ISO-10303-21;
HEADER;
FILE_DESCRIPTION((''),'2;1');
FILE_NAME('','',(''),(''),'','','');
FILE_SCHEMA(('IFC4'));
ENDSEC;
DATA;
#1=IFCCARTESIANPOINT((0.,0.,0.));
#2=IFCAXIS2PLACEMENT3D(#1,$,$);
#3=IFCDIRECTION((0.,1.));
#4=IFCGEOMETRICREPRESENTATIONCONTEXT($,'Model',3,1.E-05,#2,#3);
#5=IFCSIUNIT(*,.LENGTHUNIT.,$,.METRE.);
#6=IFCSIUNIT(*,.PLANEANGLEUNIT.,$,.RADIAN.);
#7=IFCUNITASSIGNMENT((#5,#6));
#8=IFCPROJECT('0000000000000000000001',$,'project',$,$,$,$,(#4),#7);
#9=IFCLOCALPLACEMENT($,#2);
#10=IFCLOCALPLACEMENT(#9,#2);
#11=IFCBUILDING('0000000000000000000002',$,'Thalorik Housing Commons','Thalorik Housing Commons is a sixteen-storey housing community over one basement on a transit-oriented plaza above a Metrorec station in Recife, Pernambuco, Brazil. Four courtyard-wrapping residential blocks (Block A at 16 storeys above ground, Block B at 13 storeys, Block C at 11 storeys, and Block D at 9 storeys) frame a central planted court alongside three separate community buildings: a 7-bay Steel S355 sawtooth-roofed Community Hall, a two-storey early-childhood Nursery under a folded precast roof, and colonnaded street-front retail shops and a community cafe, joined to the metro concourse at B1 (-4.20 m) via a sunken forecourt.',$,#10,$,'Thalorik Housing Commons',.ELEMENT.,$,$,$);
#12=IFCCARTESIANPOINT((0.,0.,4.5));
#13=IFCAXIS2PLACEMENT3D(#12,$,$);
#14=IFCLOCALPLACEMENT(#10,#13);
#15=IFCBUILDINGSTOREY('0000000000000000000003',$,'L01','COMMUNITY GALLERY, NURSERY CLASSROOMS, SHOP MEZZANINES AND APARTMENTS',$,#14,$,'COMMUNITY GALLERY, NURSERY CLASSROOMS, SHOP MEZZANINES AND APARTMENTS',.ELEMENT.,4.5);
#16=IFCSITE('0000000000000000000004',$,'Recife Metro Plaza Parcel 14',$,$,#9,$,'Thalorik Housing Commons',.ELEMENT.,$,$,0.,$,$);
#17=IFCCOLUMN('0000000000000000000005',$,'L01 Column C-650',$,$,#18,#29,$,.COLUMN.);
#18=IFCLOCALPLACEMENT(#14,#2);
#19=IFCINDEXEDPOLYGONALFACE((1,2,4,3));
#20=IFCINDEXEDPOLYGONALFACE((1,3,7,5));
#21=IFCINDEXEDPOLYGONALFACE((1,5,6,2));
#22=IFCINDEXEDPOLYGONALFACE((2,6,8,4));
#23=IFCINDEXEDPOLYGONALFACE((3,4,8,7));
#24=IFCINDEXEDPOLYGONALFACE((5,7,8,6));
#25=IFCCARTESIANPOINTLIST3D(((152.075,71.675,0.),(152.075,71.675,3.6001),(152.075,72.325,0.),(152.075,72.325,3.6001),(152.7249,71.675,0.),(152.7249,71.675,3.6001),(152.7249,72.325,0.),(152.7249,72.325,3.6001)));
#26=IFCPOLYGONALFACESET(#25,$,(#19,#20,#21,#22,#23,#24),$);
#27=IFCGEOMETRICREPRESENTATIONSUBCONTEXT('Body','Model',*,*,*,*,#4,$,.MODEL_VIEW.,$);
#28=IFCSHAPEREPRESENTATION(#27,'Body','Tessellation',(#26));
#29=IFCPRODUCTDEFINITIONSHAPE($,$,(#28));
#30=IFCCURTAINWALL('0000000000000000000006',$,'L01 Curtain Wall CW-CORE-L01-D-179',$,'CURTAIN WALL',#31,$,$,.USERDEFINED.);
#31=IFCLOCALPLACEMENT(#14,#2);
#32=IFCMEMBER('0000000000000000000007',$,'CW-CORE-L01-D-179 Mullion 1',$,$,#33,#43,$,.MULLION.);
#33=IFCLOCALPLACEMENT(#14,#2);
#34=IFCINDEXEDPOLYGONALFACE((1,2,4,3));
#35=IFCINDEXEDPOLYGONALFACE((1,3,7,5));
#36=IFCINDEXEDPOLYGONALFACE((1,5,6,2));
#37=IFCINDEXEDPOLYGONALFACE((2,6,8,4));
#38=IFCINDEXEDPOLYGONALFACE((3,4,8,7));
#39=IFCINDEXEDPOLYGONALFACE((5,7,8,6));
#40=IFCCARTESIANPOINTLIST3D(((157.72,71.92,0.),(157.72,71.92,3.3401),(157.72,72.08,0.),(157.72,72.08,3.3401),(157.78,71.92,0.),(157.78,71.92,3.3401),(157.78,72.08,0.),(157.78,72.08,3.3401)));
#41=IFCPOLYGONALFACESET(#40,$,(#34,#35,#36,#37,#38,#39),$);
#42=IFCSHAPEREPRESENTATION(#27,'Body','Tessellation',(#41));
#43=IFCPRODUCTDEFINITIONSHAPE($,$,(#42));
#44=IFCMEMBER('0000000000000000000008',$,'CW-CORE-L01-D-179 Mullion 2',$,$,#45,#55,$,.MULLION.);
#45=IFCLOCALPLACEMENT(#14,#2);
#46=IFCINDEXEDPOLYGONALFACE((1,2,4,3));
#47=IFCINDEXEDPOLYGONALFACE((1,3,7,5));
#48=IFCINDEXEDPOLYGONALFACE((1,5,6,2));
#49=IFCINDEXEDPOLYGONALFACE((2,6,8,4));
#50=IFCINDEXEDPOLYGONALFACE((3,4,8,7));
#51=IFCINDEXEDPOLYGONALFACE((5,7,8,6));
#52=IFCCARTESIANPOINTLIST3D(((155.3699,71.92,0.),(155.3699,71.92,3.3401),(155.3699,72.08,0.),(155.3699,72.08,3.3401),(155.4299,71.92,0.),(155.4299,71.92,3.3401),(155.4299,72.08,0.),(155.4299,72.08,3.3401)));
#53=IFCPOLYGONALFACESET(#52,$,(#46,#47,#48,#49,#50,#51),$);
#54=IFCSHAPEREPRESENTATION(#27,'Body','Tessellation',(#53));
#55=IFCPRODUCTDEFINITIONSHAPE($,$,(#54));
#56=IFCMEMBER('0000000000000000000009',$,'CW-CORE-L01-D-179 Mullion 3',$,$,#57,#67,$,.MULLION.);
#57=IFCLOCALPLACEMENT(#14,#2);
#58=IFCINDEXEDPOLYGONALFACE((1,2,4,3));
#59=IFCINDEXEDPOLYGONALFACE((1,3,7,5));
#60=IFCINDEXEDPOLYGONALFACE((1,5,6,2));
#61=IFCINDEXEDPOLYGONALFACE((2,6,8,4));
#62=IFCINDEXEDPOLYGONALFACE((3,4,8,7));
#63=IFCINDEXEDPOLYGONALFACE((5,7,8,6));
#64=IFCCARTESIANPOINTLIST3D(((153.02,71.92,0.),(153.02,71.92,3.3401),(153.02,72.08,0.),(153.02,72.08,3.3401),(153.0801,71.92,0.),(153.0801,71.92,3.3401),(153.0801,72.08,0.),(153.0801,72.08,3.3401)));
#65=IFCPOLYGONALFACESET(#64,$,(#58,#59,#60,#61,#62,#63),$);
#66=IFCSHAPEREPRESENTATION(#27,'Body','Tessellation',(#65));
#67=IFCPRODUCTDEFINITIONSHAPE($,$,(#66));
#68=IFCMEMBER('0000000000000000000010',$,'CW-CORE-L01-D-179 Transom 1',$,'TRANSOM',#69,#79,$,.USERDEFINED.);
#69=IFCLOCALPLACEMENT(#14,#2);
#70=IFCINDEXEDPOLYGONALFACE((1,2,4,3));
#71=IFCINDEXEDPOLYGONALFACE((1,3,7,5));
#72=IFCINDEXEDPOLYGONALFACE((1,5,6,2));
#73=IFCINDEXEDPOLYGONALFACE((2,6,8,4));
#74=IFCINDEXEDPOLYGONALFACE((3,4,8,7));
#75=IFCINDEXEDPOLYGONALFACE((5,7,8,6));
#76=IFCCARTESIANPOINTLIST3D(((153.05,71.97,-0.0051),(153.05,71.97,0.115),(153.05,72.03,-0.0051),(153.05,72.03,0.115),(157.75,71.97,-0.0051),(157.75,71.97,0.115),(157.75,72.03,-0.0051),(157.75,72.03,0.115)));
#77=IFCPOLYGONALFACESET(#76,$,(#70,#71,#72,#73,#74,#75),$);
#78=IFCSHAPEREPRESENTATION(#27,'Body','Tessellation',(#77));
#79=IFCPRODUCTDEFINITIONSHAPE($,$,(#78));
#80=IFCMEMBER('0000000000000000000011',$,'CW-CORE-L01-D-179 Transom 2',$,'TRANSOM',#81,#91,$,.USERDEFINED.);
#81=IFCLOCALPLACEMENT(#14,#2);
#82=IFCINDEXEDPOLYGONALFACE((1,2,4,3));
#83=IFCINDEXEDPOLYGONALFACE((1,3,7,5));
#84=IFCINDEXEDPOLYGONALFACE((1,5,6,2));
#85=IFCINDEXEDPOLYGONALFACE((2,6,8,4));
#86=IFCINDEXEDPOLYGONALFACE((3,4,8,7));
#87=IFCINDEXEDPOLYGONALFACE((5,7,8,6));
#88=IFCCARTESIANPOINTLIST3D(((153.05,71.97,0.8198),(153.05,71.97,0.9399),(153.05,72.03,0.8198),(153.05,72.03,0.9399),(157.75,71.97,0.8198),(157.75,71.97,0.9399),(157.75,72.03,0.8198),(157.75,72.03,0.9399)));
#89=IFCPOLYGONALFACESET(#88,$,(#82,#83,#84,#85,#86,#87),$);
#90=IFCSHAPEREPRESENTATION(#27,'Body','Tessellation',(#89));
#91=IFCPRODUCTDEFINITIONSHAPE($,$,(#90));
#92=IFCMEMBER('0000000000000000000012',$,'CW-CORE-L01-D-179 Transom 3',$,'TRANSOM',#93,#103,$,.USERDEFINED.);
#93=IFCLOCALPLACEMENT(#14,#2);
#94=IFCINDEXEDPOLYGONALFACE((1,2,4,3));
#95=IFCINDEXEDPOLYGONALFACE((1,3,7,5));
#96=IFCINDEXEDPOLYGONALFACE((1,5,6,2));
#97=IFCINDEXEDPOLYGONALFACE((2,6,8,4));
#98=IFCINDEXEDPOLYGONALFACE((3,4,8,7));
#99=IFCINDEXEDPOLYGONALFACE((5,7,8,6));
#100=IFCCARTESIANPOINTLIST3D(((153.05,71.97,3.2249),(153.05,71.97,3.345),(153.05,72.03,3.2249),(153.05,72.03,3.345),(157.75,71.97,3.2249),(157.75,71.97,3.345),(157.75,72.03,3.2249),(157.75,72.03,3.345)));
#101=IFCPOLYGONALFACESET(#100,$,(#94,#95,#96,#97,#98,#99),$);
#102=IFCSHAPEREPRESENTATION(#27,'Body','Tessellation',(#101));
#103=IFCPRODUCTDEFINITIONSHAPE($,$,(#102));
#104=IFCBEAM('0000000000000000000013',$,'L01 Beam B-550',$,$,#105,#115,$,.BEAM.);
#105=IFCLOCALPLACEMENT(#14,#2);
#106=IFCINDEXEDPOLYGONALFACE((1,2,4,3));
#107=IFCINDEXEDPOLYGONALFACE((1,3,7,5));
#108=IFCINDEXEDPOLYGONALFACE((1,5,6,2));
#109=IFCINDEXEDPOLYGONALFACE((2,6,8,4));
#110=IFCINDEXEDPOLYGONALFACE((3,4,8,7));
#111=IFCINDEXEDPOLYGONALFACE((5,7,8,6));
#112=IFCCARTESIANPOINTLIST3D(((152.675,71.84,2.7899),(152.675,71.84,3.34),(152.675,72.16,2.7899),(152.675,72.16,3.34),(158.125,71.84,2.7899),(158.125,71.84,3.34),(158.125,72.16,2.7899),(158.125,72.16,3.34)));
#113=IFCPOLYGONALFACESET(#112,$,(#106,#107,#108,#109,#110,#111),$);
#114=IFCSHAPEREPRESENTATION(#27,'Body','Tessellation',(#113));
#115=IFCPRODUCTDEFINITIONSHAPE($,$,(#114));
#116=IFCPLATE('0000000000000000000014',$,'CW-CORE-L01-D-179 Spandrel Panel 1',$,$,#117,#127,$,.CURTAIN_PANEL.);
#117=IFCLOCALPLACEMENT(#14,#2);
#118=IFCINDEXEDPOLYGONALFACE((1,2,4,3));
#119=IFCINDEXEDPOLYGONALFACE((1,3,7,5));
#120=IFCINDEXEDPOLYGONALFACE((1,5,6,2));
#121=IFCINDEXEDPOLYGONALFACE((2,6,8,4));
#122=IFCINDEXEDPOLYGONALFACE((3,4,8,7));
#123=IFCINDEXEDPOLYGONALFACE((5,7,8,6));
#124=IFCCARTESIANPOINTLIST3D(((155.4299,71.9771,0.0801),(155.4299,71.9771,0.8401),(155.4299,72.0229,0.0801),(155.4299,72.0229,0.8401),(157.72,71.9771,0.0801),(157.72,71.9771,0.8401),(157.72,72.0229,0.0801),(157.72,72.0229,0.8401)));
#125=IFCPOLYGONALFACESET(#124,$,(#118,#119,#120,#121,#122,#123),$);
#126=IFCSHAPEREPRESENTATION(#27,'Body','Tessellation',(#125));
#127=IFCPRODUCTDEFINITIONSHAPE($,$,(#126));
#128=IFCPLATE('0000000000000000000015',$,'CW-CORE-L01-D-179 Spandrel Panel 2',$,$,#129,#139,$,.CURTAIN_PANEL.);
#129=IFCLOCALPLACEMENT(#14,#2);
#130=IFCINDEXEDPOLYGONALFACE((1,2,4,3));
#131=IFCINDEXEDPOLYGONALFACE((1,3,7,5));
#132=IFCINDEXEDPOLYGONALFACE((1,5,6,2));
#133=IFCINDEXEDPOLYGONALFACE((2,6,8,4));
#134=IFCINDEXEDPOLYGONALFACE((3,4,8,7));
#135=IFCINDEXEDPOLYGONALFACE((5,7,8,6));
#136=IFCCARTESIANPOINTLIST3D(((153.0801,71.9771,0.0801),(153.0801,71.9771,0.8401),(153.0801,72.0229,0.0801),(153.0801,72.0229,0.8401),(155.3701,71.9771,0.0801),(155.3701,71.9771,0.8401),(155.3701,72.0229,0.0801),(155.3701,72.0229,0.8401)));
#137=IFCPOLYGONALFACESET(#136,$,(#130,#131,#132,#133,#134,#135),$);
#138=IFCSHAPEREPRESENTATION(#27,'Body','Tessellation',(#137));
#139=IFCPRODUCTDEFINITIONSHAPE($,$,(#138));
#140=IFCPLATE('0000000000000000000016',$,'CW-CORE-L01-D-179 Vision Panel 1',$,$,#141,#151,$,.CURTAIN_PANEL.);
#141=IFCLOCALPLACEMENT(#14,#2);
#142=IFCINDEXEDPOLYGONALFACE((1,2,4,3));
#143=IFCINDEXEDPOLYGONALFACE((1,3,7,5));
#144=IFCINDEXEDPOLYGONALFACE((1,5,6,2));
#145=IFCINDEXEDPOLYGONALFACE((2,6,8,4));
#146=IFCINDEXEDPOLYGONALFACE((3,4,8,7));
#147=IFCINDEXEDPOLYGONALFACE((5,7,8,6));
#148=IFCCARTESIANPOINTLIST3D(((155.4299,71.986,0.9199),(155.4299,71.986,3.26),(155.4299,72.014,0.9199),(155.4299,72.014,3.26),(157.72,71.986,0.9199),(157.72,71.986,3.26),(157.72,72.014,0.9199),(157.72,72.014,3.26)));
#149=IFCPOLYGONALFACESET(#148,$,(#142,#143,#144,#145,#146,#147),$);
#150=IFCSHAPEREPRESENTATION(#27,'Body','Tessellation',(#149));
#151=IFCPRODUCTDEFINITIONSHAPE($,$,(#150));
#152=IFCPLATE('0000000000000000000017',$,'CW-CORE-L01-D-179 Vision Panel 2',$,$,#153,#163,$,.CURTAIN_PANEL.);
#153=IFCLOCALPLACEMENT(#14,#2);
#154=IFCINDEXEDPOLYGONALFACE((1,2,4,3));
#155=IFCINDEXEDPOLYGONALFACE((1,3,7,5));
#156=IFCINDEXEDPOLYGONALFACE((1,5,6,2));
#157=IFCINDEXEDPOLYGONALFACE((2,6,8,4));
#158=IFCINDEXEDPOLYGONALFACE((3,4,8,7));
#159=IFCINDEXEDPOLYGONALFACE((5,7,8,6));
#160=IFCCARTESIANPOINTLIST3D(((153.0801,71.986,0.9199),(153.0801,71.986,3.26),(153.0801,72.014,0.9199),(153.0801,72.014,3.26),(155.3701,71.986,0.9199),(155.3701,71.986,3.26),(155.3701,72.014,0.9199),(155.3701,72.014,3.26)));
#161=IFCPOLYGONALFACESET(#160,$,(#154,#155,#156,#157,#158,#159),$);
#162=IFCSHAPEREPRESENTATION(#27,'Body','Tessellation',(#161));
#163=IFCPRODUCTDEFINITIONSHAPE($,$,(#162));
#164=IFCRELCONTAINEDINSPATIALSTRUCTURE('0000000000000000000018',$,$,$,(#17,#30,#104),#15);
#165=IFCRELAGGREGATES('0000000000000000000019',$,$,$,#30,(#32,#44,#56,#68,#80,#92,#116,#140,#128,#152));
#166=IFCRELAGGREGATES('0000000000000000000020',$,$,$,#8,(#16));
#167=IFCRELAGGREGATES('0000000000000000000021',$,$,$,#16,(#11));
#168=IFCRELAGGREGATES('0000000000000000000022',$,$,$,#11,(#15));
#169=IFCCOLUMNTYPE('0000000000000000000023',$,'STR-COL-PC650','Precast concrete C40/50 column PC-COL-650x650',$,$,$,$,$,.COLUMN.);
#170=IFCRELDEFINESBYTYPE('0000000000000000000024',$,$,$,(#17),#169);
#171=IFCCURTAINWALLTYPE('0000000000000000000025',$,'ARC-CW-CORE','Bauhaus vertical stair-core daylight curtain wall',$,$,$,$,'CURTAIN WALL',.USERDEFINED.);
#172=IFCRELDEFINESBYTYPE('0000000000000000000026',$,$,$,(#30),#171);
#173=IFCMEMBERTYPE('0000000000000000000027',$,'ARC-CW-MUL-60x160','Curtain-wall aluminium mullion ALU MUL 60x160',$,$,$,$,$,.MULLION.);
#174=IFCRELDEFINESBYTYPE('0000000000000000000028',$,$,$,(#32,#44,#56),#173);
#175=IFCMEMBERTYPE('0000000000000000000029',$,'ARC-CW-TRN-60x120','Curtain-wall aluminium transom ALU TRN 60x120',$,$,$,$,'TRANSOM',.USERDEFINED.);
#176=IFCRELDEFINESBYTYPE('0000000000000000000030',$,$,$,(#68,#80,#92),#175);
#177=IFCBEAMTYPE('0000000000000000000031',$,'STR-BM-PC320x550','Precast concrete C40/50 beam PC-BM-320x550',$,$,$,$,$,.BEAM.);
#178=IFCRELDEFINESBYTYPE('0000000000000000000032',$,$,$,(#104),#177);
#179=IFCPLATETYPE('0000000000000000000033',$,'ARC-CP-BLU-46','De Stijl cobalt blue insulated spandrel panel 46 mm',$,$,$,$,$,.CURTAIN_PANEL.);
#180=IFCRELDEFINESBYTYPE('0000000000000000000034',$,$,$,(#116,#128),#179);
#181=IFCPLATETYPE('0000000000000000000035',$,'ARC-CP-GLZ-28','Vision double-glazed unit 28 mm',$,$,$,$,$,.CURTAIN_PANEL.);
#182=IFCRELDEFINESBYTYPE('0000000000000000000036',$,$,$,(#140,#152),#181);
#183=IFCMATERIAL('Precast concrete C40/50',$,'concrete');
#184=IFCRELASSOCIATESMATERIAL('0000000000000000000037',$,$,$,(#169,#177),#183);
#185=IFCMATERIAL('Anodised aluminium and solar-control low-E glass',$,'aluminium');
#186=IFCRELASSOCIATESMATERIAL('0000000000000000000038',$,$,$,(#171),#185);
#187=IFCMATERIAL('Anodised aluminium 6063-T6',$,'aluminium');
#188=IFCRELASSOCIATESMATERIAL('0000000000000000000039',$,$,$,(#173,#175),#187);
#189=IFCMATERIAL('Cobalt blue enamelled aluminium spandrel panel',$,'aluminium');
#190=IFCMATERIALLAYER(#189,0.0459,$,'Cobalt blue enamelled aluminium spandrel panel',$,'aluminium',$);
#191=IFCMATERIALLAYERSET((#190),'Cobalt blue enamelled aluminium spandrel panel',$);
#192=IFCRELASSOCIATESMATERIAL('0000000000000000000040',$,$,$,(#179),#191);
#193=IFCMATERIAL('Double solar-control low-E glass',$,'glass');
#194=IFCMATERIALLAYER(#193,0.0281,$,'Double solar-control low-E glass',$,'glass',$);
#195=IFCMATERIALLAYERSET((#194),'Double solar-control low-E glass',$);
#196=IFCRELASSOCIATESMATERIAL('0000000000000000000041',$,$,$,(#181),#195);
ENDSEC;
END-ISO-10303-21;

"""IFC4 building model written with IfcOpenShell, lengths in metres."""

from ifc_helpers import new_model, si_unit, direction, frame, origin, origin_2d, place, context, subcontext, project, spatial, rectangle, extrude, material, layer, layer_set, material_profile, profile_set, type_object, element, aggregate, save


model = new_model("IFC4")

# Units and contexts
model_context = context("Model", 3, precision=1e-05, world=origin(), true_north=direction((0.0, 1.0)))
body_context = subcontext(model_context, "Body", "Model", "MODEL_VIEW")
ifc_project = project(units=[si_unit("LENGTHUNIT", "METRE"), si_unit("PLANEANGLEUNIT", "RADIAN")], contexts=[model_context])

# Site, building, storey
site_placement = place(None, origin())
site = spatial("IfcSite", under=ifc_project, at=site_placement, Name="Recife Metro Plaza Parcel 14", LongName="Thalorik Housing Commons", CompositionType="ELEMENT", RefElevation=0.0)
building_placement = place(site_placement, origin())
building = spatial("IfcBuilding", under=site, at=building_placement, Name="Thalorik Housing Commons", Description="Thalorik Housing Commons is a sixteen-storey housing community over one basement on a transit-oriented plaza above a Metrorec station in Recife, Pernambuco, Brazil. Four courtyard-wrapping residential blocks (Block A at 16 storeys above ground, Block B at 13 storeys, Block C at 11 storeys, and Block D at 9 storeys) frame a central planted court alongside three separate community buildings: a 7-bay Steel S355 sawtooth-roofed Community Hall, a two-storey early-childhood Nursery under a folded precast roof, and colonnaded street-front retail shops and a community cafe, joined to the metro concourse at B1 (-4.20 m) via a sunken forecourt.", LongName="Thalorik Housing Commons", CompositionType="ELEMENT")
storey_placement = place(building_placement, frame((0.0, 0.0, 4.5)))
storey = spatial("IfcBuildingStorey", under=building, at=storey_placement, Name="L01", Description="COMMUNITY GALLERY, NURSERY CLASSROOMS, SHOP MEZZANINES AND APARTMENTS", LongName="COMMUNITY GALLERY, NURSERY CLASSROOMS, SHOP MEZZANINES AND APARTMENTS", CompositionType="ELEMENT", Elevation=4.5)

# Column
ifc_material_1 = material(Name="Precast concrete C40/50", Category="concrete")
ifc_material_profile_1 = material_profile(ifc_material_1, rectangle(XDim=0.6499, YDim=0.6499, at=origin_2d()), Name="PC 650x650", Category="concrete")
ifc_profile_set_1 = profile_set([ifc_material_profile_1], Name="Precast concrete C40/50")
column_type = type_object("IfcColumnType", Name="STR-COL-PC650", Description="Precast concrete C40/50 column PC-COL-650x650", PredefinedType="COLUMN", material=ifc_profile_set_1)
column_placement = place(storey_placement, frame((152.3999, 72.0, 0.0), z_axis=(0.0, 0.0, 1.0), x_axis=(1.0, 0.0, 0.0)))
element("IfcColumn", 1, at=column_placement, inside=storey, type_object=column_type, Name="L01 Column C-650", PredefinedType="COLUMN", context=body_context, shape_type="SweptSolid", body=[
    extrude(rectangle(XDim=0.6499, YDim=0.6499, at=origin_2d()), origin(), (0.0, 0.0, 1.0), 3.6001),
])

# Curtain wall, members
ifc_material_2 = material(Name="Anodised aluminium and solar-control low-E glass", Category="aluminium")
curtain_wall_type = type_object("IfcCurtainWallType", Name="ARC-CW-CORE", Description="Bauhaus vertical stair-core daylight curtain wall", ElementType="CURTAIN WALL", PredefinedType="USERDEFINED", material=ifc_material_2)
curtain_wall_placement = place(storey_placement, origin())
curtain_wall = element("IfcCurtainWall", 2, at=curtain_wall_placement, inside=storey, type_object=curtain_wall_type, Name="L01 Curtain Wall CW-CORE-L01-D-179", ObjectType="CURTAIN WALL", PredefinedType="USERDEFINED")
ifc_material_3 = material(Name="Anodised aluminium 6063-T6", Category="aluminium")
ifc_material_profile_2 = material_profile(ifc_material_3, rectangle(XDim=0.0601, YDim=0.1599, at=origin_2d()), Name="ALU MUL 60x160", Category="aluminium")
ifc_profile_set_2 = profile_set([ifc_material_profile_2], Name="Anodised aluminium 6063-T6")
member_type_1 = type_object("IfcMemberType", Name="ARC-CW-MUL-60x160", Description="Curtain-wall aluminium mullion ALU MUL 60x160", PredefinedType="MULLION", material=ifc_profile_set_2)
member_1_placement = place(storey_placement, frame((157.75, 72.0, 0.0), z_axis=(0.0, 0.0, 1.0), x_axis=(-1.0, 0.0, 0.0)))
member_1 = element("IfcMember", 3, at=member_1_placement, type_object=member_type_1, Name="CW-CORE-L01-D-179 Mullion 1", PredefinedType="MULLION", context=body_context, shape_type="SweptSolid", body=[
    extrude(rectangle(XDim=0.0601, YDim=0.1599, at=origin_2d()), origin(), (0.0, 0.0, 1.0), 3.3401),
])
member_2_placement = place(storey_placement, frame((155.3999, 72.0, 0.0), z_axis=(0.0, 0.0, 1.0), x_axis=(-1.0, 0.0, 0.0)))
member_2 = element("IfcMember", 4, at=member_2_placement, type_object=member_type_1, Name="CW-CORE-L01-D-179 Mullion 2", PredefinedType="MULLION", context=body_context, shape_type="SweptSolid", body=[
    extrude(rectangle(XDim=0.0601, YDim=0.1599, at=origin_2d()), origin(), (0.0, 0.0, 1.0), 3.3401),
])
member_3_placement = place(storey_placement, frame((153.05, 72.0, 0.0), z_axis=(0.0, 0.0, 1.0), x_axis=(-1.0, 0.0, 0.0)))
member_3 = element("IfcMember", 5, at=member_3_placement, type_object=member_type_1, Name="CW-CORE-L01-D-179 Mullion 3", PredefinedType="MULLION", context=body_context, shape_type="SweptSolid", body=[
    extrude(rectangle(XDim=0.0601, YDim=0.1599, at=origin_2d()), origin(), (0.0, 0.0, 1.0), 3.3401),
])
ifc_material_profile_3 = material_profile(ifc_material_3, rectangle(XDim=0.0601, YDim=0.1201, at=origin_2d()), Name="ALU TRN 60x120", Category="aluminium")
ifc_profile_set_3 = profile_set([ifc_material_profile_3], Name="Anodised aluminium 6063-T6")
member_type_2 = type_object("IfcMemberType", Name="ARC-CW-TRN-60x120", Description="Curtain-wall aluminium transom ALU TRN 60x120", ElementType="TRANSOM", PredefinedType="USERDEFINED", material=ifc_profile_set_3)
member_4_placement = place(storey_placement, frame((157.75, 72.0, 0.0549), z_axis=(-1.0, 0.0, 0.0), x_axis=(0.0, -1.0, 0.0)))
member_4 = element("IfcMember", 6, at=member_4_placement, type_object=member_type_2, Name="CW-CORE-L01-D-179 Transom 1", ObjectType="TRANSOM", PredefinedType="USERDEFINED", context=body_context, shape_type="SweptSolid", body=[
    extrude(rectangle(XDim=0.0601, YDim=0.1201, at=origin_2d()), origin(), (0.0, 0.0, 1.0), 4.7),
])
member_5_placement = place(storey_placement, frame((157.75, 72.0, 0.8799), z_axis=(-1.0, 0.0, 0.0), x_axis=(0.0, -1.0, 0.0)))
member_5 = element("IfcMember", 7, at=member_5_placement, type_object=member_type_2, Name="CW-CORE-L01-D-179 Transom 2", ObjectType="TRANSOM", PredefinedType="USERDEFINED", context=body_context, shape_type="SweptSolid", body=[
    extrude(rectangle(XDim=0.0601, YDim=0.1201, at=origin_2d()), origin(), (0.0, 0.0, 1.0), 4.7),
])
member_6_placement = place(storey_placement, frame((157.75, 72.0, 3.2849), z_axis=(-1.0, 0.0, 0.0), x_axis=(0.0, -1.0, 0.0)))
member_6 = element("IfcMember", 8, at=member_6_placement, type_object=member_type_2, Name="CW-CORE-L01-D-179 Transom 3", ObjectType="TRANSOM", PredefinedType="USERDEFINED", context=body_context, shape_type="SweptSolid", body=[
    extrude(rectangle(XDim=0.0601, YDim=0.1201, at=origin_2d()), origin(), (0.0, 0.0, 1.0), 4.7),
])

# Beam
ifc_material_profile_4 = material_profile(ifc_material_1, rectangle(XDim=0.3201, YDim=0.55, at=origin_2d()), Name="PC 320x550", Category="concrete")
ifc_profile_set_4 = profile_set([ifc_material_profile_4], Name="Precast concrete C40/50")
beam_type = type_object("IfcBeamType", Name="STR-BM-PC320x550", Description="Precast concrete C40/50 beam PC-BM-320x550", PredefinedType="BEAM", material=ifc_profile_set_4)
beam_placement = place(storey_placement, frame((152.675, 72.0, 3.0649), z_axis=(1.0, 0.0, 0.0), x_axis=(0.0, 1.0, 0.0)))
element("IfcBeam", 9, at=beam_placement, inside=storey, type_object=beam_type, Name="L01 Beam B-550", PredefinedType="BEAM", context=body_context, shape_type="SweptSolid", body=[
    extrude(rectangle(XDim=0.3201, YDim=0.55, at=origin_2d()), origin(), (0.0, 0.0, 1.0), 5.45),
])

# Plates
ifc_material_4 = material(Name="Cobalt blue enamelled aluminium spandrel panel", Category="aluminium")
ifc_layer_1 = layer(ifc_material_4, 0.0459, Name="Cobalt blue enamelled aluminium spandrel panel", Category="aluminium")
ifc_layer_set_1 = layer_set([ifc_layer_1], Name="Cobalt blue enamelled aluminium spandrel panel")
plate_type_1 = type_object("IfcPlateType", Name="ARC-CP-BLU-46", Description="De Stijl cobalt blue insulated spandrel panel 46 mm", PredefinedType="CURTAIN_PANEL", material=ifc_layer_set_1)
plate_1_placement = place(storey_placement, frame((156.575, 72.0, 0.0801), z_axis=(0.0, 0.0, 1.0), x_axis=(-1.0, 0.0, 0.0)))
plate_1 = element("IfcPlate", 10, at=plate_1_placement, type_object=plate_type_1, Name="CW-CORE-L01-D-179 Spandrel Panel 1", PredefinedType="CURTAIN_PANEL", context=body_context, shape_type="SweptSolid", body=[
    extrude(rectangle(XDim=2.29, YDim=0.0459, at=origin_2d()), origin(), (0.0, 0.0, 1.0), 0.76),
])
plate_2_placement = place(storey_placement, frame((154.2251, 72.0, 0.0801), z_axis=(0.0, 0.0, 1.0), x_axis=(-1.0, 0.0, 0.0)))
plate_2 = element("IfcPlate", 11, at=plate_2_placement, type_object=plate_type_1, Name="CW-CORE-L01-D-179 Spandrel Panel 2", PredefinedType="CURTAIN_PANEL", context=body_context, shape_type="SweptSolid", body=[
    extrude(rectangle(XDim=2.29, YDim=0.0459, at=origin_2d()), origin(), (0.0, 0.0, 1.0), 0.76),
])
ifc_material_5 = material(Name="Double solar-control low-E glass", Category="glass")
ifc_layer_2 = layer(ifc_material_5, 0.0281, Name="Double solar-control low-E glass", Category="glass")
ifc_layer_set_2 = layer_set([ifc_layer_2], Name="Double solar-control low-E glass")
plate_type_2 = type_object("IfcPlateType", Name="ARC-CP-GLZ-28", Description="Vision double-glazed unit 28 mm", PredefinedType="CURTAIN_PANEL", material=ifc_layer_set_2)
plate_3_placement = place(storey_placement, frame((156.575, 72.0, 0.9199), z_axis=(0.0, 0.0, 1.0), x_axis=(-1.0, 0.0, 0.0)))
plate_3 = element("IfcPlate", 12, at=plate_3_placement, type_object=plate_type_2, Name="CW-CORE-L01-D-179 Vision Panel 1", PredefinedType="CURTAIN_PANEL", context=body_context, shape_type="SweptSolid", body=[
    extrude(rectangle(XDim=2.29, YDim=0.0281, at=origin_2d()), origin(), (0.0, 0.0, 1.0), 2.3401),
])
plate_4_placement = place(storey_placement, frame((154.2251, 72.0, 0.9199), z_axis=(0.0, 0.0, 1.0), x_axis=(-1.0, 0.0, 0.0)))
plate_4 = element("IfcPlate", 13, at=plate_4_placement, type_object=plate_type_2, Name="CW-CORE-L01-D-179 Vision Panel 2", PredefinedType="CURTAIN_PANEL", context=body_context, shape_type="SweptSolid", body=[
    extrude(rectangle(XDim=2.29, YDim=0.0281, at=origin_2d()), origin(), (0.0, 0.0, 1.0), 2.3401),
])
aggregate(curtain_wall, [member_1, member_2, member_3, member_4, member_5, member_6, plate_1, plate_3, plate_2, plate_4])

save(model, "model.ifc")
